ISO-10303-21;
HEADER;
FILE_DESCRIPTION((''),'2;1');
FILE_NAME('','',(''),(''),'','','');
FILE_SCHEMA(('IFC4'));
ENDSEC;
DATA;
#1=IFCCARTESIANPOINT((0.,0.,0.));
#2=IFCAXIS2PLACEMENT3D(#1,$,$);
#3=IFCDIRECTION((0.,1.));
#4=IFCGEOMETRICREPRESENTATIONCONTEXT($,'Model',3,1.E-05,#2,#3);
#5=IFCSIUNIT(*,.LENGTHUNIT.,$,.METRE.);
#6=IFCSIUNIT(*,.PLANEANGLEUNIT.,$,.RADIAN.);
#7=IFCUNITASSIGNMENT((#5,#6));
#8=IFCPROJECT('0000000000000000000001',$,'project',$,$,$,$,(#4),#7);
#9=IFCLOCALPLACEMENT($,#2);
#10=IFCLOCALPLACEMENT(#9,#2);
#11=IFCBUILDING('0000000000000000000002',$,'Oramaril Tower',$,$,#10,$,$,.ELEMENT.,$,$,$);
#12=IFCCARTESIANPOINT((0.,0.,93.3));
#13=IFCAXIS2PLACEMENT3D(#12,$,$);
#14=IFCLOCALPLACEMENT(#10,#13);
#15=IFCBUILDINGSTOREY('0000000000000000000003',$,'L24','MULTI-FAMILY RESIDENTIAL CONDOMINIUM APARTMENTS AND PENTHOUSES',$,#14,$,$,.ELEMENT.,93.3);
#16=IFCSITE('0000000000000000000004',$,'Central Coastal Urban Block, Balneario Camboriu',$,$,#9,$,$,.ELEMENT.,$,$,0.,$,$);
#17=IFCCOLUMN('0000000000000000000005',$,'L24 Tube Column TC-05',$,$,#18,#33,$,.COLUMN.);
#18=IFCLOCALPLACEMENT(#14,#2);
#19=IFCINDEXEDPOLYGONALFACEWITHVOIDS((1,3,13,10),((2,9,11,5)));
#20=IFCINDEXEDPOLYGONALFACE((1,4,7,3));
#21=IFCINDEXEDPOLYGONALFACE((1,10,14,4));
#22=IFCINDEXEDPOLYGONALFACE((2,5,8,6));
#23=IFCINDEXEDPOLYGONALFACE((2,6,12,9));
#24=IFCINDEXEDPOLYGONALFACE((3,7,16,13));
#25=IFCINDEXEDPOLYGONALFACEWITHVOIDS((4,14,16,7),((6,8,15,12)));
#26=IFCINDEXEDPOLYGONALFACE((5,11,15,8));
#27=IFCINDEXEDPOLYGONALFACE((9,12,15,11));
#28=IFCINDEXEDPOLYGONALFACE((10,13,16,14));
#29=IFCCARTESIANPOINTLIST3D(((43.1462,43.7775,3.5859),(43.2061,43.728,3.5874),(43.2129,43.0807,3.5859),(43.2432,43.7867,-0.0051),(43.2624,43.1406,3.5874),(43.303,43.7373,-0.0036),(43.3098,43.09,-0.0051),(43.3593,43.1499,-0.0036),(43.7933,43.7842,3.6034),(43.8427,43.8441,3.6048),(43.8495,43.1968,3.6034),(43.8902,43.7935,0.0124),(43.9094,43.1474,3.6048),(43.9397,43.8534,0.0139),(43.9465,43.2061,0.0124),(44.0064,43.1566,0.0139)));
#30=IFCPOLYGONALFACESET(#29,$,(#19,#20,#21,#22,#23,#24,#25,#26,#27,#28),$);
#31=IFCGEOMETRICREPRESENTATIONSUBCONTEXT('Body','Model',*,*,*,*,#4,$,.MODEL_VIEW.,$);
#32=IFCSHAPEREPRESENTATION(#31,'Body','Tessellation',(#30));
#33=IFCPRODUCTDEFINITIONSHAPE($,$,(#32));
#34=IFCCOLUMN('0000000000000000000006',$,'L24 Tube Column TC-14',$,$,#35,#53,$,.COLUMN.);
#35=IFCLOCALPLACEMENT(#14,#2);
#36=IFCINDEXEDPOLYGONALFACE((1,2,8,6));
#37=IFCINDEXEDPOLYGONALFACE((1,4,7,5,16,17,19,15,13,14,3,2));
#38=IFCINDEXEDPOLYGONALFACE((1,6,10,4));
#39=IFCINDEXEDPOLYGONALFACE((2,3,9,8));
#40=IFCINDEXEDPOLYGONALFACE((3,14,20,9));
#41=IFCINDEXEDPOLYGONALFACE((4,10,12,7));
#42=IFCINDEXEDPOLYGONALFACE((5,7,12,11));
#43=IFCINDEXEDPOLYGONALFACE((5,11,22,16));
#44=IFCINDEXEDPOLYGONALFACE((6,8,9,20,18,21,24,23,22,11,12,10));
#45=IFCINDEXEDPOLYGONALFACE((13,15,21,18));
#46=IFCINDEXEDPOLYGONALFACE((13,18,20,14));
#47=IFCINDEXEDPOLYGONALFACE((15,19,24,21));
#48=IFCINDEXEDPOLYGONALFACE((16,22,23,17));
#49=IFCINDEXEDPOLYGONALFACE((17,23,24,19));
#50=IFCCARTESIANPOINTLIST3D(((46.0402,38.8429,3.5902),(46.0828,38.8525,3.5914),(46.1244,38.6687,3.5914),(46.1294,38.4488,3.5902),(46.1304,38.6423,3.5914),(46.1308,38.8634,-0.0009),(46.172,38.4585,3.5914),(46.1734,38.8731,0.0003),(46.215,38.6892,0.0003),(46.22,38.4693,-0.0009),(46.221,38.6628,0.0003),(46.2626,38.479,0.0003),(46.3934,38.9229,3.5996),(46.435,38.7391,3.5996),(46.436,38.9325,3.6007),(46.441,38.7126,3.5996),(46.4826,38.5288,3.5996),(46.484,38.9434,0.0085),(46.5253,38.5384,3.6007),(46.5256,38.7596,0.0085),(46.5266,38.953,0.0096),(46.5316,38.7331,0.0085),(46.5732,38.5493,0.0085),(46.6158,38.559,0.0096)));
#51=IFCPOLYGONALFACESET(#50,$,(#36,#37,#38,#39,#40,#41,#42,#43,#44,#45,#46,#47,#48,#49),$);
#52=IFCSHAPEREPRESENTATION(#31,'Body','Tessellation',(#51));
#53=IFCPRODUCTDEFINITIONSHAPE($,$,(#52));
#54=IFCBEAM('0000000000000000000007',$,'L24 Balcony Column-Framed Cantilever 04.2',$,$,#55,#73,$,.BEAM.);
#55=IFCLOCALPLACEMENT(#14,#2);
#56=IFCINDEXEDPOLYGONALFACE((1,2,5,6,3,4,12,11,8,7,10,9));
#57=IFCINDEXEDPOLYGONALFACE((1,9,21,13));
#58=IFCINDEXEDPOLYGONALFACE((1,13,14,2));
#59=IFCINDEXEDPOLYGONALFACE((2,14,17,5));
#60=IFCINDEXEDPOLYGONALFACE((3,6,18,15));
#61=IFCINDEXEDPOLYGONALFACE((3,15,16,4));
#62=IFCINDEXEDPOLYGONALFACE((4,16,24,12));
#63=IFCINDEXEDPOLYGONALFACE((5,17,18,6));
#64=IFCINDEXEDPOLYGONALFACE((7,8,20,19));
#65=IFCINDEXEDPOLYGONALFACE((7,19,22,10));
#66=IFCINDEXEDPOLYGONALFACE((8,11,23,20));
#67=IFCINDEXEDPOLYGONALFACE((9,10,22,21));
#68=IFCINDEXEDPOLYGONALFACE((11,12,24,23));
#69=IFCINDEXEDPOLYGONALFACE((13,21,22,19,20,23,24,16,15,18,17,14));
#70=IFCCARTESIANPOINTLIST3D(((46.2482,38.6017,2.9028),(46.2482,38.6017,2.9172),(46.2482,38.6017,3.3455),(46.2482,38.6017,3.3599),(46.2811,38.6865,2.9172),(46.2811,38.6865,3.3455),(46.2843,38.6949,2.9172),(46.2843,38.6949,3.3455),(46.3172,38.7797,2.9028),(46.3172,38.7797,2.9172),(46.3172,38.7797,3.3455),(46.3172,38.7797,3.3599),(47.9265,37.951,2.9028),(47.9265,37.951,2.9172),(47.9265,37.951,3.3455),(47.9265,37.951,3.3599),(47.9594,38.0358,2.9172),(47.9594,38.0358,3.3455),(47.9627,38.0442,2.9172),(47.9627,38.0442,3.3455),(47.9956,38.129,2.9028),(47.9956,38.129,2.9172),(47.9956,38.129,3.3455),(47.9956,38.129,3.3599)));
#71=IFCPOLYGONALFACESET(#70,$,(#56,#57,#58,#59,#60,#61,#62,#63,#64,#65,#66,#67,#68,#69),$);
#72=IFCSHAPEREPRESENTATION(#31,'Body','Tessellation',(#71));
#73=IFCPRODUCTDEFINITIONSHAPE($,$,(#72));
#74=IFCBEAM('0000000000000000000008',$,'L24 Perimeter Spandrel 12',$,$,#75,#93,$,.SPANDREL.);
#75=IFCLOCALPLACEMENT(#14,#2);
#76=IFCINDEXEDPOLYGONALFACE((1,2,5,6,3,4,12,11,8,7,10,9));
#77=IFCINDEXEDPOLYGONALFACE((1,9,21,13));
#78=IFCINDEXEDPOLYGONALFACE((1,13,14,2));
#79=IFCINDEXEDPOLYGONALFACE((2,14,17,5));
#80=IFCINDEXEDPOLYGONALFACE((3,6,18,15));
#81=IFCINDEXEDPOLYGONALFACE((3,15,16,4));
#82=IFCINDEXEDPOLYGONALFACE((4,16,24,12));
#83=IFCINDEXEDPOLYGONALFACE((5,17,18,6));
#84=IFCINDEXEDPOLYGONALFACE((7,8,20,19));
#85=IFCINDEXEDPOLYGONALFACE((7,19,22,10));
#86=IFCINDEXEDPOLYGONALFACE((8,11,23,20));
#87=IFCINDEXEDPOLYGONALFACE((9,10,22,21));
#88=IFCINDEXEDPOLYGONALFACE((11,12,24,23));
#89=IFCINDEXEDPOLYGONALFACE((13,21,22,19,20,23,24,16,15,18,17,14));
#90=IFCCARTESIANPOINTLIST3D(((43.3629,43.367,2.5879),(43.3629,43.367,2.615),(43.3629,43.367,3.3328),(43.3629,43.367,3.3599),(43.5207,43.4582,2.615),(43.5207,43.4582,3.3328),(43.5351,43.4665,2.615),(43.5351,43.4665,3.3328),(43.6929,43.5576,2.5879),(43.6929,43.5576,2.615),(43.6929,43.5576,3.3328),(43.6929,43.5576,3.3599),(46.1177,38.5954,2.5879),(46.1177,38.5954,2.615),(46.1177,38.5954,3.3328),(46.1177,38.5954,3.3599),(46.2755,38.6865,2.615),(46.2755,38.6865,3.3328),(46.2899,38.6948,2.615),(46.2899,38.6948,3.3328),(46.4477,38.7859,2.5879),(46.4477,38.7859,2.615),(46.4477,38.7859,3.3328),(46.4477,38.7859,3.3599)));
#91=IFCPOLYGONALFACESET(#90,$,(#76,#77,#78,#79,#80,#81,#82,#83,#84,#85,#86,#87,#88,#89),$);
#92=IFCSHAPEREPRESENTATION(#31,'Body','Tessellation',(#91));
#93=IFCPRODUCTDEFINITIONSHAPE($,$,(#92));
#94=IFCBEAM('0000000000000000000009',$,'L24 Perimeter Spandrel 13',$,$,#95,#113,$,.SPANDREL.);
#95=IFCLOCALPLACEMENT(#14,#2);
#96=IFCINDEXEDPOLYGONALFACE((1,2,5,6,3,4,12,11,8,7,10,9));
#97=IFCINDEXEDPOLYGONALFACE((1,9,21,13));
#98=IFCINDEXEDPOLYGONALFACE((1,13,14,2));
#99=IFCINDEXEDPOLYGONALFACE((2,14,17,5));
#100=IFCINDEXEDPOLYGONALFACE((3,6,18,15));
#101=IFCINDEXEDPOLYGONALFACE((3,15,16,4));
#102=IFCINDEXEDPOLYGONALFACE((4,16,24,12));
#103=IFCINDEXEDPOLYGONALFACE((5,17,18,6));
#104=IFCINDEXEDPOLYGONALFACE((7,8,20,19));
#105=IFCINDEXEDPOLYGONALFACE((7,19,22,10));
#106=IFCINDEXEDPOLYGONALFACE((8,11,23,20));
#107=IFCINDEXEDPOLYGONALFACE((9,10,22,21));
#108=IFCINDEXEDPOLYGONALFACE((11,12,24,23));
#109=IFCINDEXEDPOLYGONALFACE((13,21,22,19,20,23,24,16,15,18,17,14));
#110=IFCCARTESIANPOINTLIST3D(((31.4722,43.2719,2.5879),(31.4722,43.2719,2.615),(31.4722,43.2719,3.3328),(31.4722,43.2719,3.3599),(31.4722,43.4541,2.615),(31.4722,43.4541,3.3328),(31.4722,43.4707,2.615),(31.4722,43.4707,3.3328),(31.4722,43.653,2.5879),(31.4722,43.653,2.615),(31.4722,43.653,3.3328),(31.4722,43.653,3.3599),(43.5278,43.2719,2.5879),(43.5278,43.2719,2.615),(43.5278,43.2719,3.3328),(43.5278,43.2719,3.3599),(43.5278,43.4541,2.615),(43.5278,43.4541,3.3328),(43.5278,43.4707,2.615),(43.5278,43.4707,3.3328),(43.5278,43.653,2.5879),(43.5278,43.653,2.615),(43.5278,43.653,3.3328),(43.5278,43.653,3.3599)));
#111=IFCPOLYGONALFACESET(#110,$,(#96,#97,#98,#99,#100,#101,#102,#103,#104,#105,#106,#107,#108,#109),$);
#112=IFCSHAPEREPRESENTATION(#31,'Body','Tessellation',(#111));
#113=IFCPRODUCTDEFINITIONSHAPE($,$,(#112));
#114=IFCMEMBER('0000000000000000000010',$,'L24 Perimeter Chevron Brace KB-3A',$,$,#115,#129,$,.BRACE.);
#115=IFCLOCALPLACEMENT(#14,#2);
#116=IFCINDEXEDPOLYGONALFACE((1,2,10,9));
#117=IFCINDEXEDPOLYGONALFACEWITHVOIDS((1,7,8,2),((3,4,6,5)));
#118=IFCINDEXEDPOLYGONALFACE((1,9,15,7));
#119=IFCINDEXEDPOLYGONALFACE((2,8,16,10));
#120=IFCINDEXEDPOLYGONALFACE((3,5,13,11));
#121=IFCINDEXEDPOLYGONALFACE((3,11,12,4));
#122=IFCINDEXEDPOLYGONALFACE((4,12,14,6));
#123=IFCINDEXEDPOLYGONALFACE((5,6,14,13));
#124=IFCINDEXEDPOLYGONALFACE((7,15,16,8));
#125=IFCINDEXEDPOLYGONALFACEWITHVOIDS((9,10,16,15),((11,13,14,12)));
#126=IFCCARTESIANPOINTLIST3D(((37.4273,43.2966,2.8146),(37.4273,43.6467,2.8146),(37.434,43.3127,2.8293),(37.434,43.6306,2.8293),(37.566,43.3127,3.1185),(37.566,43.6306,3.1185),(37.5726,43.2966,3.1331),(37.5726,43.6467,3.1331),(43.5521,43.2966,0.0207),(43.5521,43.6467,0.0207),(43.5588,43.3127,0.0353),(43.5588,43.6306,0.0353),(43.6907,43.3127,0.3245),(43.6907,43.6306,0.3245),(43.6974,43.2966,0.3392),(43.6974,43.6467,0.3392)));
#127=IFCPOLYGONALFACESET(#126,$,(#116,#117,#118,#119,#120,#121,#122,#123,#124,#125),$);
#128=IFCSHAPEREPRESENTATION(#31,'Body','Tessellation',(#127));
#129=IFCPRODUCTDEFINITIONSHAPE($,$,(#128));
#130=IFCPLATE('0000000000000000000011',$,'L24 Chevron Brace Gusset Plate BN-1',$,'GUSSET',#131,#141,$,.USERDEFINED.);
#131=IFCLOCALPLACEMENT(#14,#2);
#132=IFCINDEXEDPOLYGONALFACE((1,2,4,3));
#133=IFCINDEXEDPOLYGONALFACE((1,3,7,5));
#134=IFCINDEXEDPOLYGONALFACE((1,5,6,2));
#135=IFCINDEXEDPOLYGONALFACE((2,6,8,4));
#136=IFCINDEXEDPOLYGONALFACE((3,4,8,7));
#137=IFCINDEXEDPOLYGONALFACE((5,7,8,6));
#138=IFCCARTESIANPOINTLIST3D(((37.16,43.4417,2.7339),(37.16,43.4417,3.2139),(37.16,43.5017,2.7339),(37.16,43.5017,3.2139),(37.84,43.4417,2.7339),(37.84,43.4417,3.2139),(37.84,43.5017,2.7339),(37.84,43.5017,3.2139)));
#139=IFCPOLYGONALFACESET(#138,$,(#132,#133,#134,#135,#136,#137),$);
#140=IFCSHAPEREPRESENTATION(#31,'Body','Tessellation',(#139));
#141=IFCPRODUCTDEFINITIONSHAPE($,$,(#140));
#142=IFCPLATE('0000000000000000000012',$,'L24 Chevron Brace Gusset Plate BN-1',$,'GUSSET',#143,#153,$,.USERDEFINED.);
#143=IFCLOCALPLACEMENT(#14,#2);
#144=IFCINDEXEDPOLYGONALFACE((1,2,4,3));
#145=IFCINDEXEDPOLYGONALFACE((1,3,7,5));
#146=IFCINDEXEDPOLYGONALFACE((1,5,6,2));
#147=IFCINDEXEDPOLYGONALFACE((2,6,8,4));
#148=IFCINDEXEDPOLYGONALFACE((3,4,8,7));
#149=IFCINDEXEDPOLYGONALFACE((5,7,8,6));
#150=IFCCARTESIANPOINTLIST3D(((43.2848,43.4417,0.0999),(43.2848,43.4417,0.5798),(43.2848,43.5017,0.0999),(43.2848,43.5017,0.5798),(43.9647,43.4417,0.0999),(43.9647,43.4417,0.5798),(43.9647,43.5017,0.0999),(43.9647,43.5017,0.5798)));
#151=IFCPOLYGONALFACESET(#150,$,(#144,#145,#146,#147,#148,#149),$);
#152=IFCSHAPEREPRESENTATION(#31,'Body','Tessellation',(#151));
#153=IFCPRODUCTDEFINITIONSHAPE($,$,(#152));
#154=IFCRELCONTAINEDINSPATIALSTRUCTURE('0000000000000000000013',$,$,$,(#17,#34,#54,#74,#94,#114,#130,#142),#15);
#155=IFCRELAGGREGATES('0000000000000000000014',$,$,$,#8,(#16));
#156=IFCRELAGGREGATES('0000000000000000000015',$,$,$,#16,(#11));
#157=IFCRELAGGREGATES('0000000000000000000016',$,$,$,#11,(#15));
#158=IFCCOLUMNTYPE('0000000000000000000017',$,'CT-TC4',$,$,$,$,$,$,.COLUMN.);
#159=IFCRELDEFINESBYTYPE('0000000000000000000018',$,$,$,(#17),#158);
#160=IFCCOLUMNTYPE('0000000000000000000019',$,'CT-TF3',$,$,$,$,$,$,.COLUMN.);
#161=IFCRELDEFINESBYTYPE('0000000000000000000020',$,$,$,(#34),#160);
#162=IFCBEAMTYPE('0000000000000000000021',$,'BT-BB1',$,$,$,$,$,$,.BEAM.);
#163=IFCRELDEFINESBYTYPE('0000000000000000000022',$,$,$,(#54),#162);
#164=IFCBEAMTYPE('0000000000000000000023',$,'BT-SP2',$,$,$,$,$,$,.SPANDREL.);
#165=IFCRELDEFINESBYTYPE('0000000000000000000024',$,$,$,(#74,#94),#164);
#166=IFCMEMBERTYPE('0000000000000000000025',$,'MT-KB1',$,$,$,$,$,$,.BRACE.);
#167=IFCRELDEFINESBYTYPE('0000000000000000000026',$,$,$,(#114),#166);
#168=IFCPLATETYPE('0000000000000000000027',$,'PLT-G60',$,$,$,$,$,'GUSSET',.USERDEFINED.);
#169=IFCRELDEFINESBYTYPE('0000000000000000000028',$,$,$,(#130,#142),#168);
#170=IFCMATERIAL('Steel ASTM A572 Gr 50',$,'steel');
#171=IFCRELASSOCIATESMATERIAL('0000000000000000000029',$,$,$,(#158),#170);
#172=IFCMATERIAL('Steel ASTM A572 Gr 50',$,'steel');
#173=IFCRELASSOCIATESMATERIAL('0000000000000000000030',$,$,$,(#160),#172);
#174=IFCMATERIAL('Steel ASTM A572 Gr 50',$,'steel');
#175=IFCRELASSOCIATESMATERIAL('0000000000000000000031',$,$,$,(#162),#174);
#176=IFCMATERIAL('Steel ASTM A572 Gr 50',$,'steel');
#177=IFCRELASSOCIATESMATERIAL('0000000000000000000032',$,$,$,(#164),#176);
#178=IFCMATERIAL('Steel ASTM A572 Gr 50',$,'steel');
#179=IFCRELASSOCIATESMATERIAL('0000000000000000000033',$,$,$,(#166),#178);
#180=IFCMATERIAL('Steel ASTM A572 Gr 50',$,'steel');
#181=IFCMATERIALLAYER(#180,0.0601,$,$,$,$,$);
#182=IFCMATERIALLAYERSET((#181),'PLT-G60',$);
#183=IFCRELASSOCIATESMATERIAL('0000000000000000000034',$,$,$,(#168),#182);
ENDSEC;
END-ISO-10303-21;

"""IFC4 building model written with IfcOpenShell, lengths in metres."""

from ifc_helpers import new_model, si_unit, direction, frame, origin, origin_2d, place, context, subcontext, project, spatial, rectangle, hollow_rectangle, i_section, extrude, material, layer, layer_set, material_profile, profile_set, type_object, element, save


model = new_model("IFC4")

# Units and contexts
model_context = context("Model", 3, precision=1e-05, world=origin(), true_north=direction((0.0, 1.0)))
body_context = subcontext(model_context, "Body", "Model", "MODEL_VIEW")
ifc_project = project(units=[si_unit("LENGTHUNIT", "METRE"), si_unit("PLANEANGLEUNIT", "RADIAN")], contexts=[model_context])

# Site, building, storey
site_placement = place(None, origin())
site = spatial("IfcSite", under=ifc_project, at=site_placement, Name="Central Coastal Urban Block, Balneario Camboriu", CompositionType="ELEMENT", RefElevation=0.0)
building_placement = place(site_placement, origin())
building = spatial("IfcBuilding", under=site, at=building_placement, Name="Oramaril Tower", CompositionType="ELEMENT")
storey_placement = place(building_placement, frame((0.0, 0.0, 93.3)))
storey = spatial("IfcBuildingStorey", under=building, at=storey_placement, Name="L24", Description="MULTI-FAMILY RESIDENTIAL CONDOMINIUM APARTMENTS AND PENTHOUSES", CompositionType="ELEMENT", Elevation=93.3)

# Columns
ifc_material_1 = material(Name="Steel ASTM A572 Gr 50", Category="steel")
ifc_material_profile_1 = material_profile(ifc_material_1, hollow_rectangle(XDim=0.7, YDim=0.7, WallThickness=0.0549, at=origin_2d()), Name="BOX700X700X55")
ifc_profile_set_1 = profile_set([ifc_material_profile_1], Name="Steel ASTM A572 Gr 50")
column_type_1 = type_object("IfcColumnType", Name="CT-TC4", PredefinedType="COLUMN", material=ifc_profile_set_1)
column_1_placement = place(storey_placement, frame((43.6248, 43.4717, 0.0044), z_axis=(-0.02698, -0.002583, 0.999633), x_axis=(0.095282, -0.99545, 0.0)))
element("IfcColumn", 1, at=column_1_placement, inside=storey, type_object=column_type_1, Name="L24 Tube Column TC-05", PredefinedType="COLUMN", context=body_context, shape_type="SweptSolid", body=[
    extrude(hollow_rectangle(XDim=0.7, YDim=0.7, WallThickness=0.0549, at=origin_2d()), origin(), (0.0, 0.0, 1.0), 3.5923),
])
ifc_material_2 = material(Name="Steel ASTM A572 Gr 50", Category="steel")
ifc_material_profile_2 = material_profile(ifc_material_2, i_section(OverallWidth=0.4041, OverallDepth=0.406, WebThickness=0.0271, FlangeThickness=0.0437, at=origin_2d()), Name="W14X233")
ifc_profile_set_2 = profile_set([ifc_material_profile_2], Name="Steel ASTM A572 Gr 50")
column_type_2 = type_object("IfcColumnType", Name="CT-TF3", PredefinedType="COLUMN", material=ifc_profile_set_2)
column_2_placement = place(storey_placement, frame((46.3733, 38.7112, 0.0044), z_axis=(-0.025214, -0.005709, 0.999666), x_axis=(0.220826, -0.975313, 0.0)))
element("IfcColumn", 2, at=column_2_placement, inside=storey, type_object=column_type_2, Name="L24 Tube Column TC-14", PredefinedType="COLUMN", context=body_context, shape_type="SweptSolid", body=[
    extrude(i_section(OverallWidth=0.4041, OverallDepth=0.406, WebThickness=0.0271, FlangeThickness=0.0437, at=origin_2d()), origin(), (0.0, 0.0, 1.0), 3.5923),
])

# Beams
ifc_material_3 = material(Name="Steel ASTM A572 Gr 50", Category="steel")
ifc_material_profile_3 = material_profile(ifc_material_3, i_section(OverallWidth=0.1909, OverallDepth=0.457, WebThickness=0.009, FlangeThickness=0.0144, at=origin_2d()), Name="W18X50")
ifc_profile_set_3 = profile_set([ifc_material_profile_3], Name="Steel ASTM A572 Gr 50")
beam_type_1 = type_object("IfcBeamType", Name="BT-BB1", PredefinedType="BEAM", material=ifc_profile_set_3)
beam_1_placement = place(storey_placement, frame((46.2827, 38.6907, 3.1313), z_axis=(0.932381, -0.361477, 0.0), x_axis=(0.361477, 0.932381, 0.0)))
element("IfcBeam", 3, at=beam_1_placement, inside=storey, type_object=beam_type_1, Name="L24 Balcony Column-Framed Cantilever 04.2", PredefinedType="BEAM", context=body_context, shape_type="SweptSolid", body=[
    extrude(i_section(OverallWidth=0.1909, OverallDepth=0.457, WebThickness=0.009, FlangeThickness=0.0144, at=origin_2d()), origin(), (0.0, 0.0, 1.0), 1.8),
])
ifc_material_4 = material(Name="Steel ASTM A572 Gr 50", Category="steel")
ifc_material_profile_4 = material_profile(ifc_material_4, i_section(OverallWidth=0.3811, OverallDepth=0.772, WebThickness=0.0166, FlangeThickness=0.0271, at=origin_2d()), Name="W30X173")
ifc_profile_set_4 = profile_set([ifc_material_profile_4], Name="Steel ASTM A572 Gr 50")
beam_type_2 = type_object("IfcBeamType", Name="BT-SP2", PredefinedType="SPANDREL", material=ifc_profile_set_4)
beam_2_placement = place(storey_placement, frame((46.2827, 38.6907, 2.9739), z_axis=(-0.49999, 0.866031, 0.0), x_axis=(-0.866031, -0.49999, 0.0)))
element("IfcBeam", 4, at=beam_2_placement, inside=storey, type_object=beam_type_2, Name="L24 Perimeter Spandrel 12", PredefinedType="SPANDREL", context=body_context, shape_type="SweptSolid", body=[
    extrude(i_section(OverallWidth=0.3811, OverallDepth=0.772, WebThickness=0.0166, FlangeThickness=0.0271, at=origin_2d()), origin(), (0.0, 0.0, 1.0), 5.5098),
])
beam_3_placement = place(storey_placement, frame((43.5278, 43.4624, 2.9739), z_axis=(-1.0, 0.0, 0.0), x_axis=(0.0, -1.0, 0.0)))
element("IfcBeam", 5, at=beam_3_placement, inside=storey, type_object=beam_type_2, Name="L24 Perimeter Spandrel 13", PredefinedType="SPANDREL", context=body_context, shape_type="SweptSolid", body=[
    extrude(i_section(OverallWidth=0.3811, OverallDepth=0.772, WebThickness=0.0166, FlangeThickness=0.0271, at=origin_2d()), origin(), (0.0, 0.0, 1.0), 12.0557),
])

# Member
ifc_material_5 = material(Name="Steel ASTM A572 Gr 50", Category="steel")
ifc_material_profile_5 = material_profile(ifc_material_5, hollow_rectangle(XDim=0.3501, YDim=0.3501, WallThickness=0.0161, at=origin_2d()), Name="HSS350X350X16")
ifc_profile_set_5 = profile_set([ifc_material_profile_5], Name="Steel ASTM A572 Gr 50")
member_type = type_object("IfcMemberType", Name="MT-KB1", PredefinedType="BRACE", material=ifc_profile_set_5)
member_placement = place(storey_placement, frame((43.6248, 43.4717, 0.1799), z_axis=(-0.909808, 0.0, 0.415029), x_axis=(0.0, -1.0, 0.0)))
element("IfcMember", 6, at=member_placement, inside=storey, type_object=member_type, Name="L24 Perimeter Chevron Brace KB-3A", PredefinedType="BRACE", context=body_context, shape_type="SweptSolid", body=[
    extrude(hollow_rectangle(XDim=0.3501, YDim=0.3501, WallThickness=0.0161, at=origin_2d()), origin(), (0.0, 0.0, 1.0), 6.7319),
])

# Plates
ifc_material_6 = material(Name="Steel ASTM A572 Gr 50", Category="steel")
ifc_layer_1 = layer(ifc_material_6, 0.0601)
ifc_layer_set_1 = layer_set([ifc_layer_1], Name="PLT-G60")
plate_type = type_object("IfcPlateType", Name="PLT-G60", ElementType="GUSSET", PredefinedType="USERDEFINED", material=ifc_layer_set_1)
for number, where, z_axis, x_axis, name in (
    (7, (37.5, 43.4717, 2.7339), (0.0, 0.0, 1.0), (-1.0, 0.0, 0.0), "L24 Chevron Brace Gusset Plate BN-1"),
    (8, (43.6248, 43.4717, 0.0999), (0.0, 0.0, 1.0), (-1.0, 0.0, 0.0), "L24 Chevron Brace Gusset Plate BN-1"),
):
    element("IfcPlate", number, at=place(storey_placement, frame(where, z_axis=z_axis, x_axis=x_axis)), inside=storey, type_object=plate_type, Name=name, ObjectType="GUSSET", PredefinedType="USERDEFINED", context=body_context, shape_type="SweptSolid", body=[
        extrude(rectangle(XDim=0.6799, YDim=0.0601, at=origin_2d()), origin(), (0.0, 0.0, 1.0), 0.48),
    ])

save(model, "model.ifc")
